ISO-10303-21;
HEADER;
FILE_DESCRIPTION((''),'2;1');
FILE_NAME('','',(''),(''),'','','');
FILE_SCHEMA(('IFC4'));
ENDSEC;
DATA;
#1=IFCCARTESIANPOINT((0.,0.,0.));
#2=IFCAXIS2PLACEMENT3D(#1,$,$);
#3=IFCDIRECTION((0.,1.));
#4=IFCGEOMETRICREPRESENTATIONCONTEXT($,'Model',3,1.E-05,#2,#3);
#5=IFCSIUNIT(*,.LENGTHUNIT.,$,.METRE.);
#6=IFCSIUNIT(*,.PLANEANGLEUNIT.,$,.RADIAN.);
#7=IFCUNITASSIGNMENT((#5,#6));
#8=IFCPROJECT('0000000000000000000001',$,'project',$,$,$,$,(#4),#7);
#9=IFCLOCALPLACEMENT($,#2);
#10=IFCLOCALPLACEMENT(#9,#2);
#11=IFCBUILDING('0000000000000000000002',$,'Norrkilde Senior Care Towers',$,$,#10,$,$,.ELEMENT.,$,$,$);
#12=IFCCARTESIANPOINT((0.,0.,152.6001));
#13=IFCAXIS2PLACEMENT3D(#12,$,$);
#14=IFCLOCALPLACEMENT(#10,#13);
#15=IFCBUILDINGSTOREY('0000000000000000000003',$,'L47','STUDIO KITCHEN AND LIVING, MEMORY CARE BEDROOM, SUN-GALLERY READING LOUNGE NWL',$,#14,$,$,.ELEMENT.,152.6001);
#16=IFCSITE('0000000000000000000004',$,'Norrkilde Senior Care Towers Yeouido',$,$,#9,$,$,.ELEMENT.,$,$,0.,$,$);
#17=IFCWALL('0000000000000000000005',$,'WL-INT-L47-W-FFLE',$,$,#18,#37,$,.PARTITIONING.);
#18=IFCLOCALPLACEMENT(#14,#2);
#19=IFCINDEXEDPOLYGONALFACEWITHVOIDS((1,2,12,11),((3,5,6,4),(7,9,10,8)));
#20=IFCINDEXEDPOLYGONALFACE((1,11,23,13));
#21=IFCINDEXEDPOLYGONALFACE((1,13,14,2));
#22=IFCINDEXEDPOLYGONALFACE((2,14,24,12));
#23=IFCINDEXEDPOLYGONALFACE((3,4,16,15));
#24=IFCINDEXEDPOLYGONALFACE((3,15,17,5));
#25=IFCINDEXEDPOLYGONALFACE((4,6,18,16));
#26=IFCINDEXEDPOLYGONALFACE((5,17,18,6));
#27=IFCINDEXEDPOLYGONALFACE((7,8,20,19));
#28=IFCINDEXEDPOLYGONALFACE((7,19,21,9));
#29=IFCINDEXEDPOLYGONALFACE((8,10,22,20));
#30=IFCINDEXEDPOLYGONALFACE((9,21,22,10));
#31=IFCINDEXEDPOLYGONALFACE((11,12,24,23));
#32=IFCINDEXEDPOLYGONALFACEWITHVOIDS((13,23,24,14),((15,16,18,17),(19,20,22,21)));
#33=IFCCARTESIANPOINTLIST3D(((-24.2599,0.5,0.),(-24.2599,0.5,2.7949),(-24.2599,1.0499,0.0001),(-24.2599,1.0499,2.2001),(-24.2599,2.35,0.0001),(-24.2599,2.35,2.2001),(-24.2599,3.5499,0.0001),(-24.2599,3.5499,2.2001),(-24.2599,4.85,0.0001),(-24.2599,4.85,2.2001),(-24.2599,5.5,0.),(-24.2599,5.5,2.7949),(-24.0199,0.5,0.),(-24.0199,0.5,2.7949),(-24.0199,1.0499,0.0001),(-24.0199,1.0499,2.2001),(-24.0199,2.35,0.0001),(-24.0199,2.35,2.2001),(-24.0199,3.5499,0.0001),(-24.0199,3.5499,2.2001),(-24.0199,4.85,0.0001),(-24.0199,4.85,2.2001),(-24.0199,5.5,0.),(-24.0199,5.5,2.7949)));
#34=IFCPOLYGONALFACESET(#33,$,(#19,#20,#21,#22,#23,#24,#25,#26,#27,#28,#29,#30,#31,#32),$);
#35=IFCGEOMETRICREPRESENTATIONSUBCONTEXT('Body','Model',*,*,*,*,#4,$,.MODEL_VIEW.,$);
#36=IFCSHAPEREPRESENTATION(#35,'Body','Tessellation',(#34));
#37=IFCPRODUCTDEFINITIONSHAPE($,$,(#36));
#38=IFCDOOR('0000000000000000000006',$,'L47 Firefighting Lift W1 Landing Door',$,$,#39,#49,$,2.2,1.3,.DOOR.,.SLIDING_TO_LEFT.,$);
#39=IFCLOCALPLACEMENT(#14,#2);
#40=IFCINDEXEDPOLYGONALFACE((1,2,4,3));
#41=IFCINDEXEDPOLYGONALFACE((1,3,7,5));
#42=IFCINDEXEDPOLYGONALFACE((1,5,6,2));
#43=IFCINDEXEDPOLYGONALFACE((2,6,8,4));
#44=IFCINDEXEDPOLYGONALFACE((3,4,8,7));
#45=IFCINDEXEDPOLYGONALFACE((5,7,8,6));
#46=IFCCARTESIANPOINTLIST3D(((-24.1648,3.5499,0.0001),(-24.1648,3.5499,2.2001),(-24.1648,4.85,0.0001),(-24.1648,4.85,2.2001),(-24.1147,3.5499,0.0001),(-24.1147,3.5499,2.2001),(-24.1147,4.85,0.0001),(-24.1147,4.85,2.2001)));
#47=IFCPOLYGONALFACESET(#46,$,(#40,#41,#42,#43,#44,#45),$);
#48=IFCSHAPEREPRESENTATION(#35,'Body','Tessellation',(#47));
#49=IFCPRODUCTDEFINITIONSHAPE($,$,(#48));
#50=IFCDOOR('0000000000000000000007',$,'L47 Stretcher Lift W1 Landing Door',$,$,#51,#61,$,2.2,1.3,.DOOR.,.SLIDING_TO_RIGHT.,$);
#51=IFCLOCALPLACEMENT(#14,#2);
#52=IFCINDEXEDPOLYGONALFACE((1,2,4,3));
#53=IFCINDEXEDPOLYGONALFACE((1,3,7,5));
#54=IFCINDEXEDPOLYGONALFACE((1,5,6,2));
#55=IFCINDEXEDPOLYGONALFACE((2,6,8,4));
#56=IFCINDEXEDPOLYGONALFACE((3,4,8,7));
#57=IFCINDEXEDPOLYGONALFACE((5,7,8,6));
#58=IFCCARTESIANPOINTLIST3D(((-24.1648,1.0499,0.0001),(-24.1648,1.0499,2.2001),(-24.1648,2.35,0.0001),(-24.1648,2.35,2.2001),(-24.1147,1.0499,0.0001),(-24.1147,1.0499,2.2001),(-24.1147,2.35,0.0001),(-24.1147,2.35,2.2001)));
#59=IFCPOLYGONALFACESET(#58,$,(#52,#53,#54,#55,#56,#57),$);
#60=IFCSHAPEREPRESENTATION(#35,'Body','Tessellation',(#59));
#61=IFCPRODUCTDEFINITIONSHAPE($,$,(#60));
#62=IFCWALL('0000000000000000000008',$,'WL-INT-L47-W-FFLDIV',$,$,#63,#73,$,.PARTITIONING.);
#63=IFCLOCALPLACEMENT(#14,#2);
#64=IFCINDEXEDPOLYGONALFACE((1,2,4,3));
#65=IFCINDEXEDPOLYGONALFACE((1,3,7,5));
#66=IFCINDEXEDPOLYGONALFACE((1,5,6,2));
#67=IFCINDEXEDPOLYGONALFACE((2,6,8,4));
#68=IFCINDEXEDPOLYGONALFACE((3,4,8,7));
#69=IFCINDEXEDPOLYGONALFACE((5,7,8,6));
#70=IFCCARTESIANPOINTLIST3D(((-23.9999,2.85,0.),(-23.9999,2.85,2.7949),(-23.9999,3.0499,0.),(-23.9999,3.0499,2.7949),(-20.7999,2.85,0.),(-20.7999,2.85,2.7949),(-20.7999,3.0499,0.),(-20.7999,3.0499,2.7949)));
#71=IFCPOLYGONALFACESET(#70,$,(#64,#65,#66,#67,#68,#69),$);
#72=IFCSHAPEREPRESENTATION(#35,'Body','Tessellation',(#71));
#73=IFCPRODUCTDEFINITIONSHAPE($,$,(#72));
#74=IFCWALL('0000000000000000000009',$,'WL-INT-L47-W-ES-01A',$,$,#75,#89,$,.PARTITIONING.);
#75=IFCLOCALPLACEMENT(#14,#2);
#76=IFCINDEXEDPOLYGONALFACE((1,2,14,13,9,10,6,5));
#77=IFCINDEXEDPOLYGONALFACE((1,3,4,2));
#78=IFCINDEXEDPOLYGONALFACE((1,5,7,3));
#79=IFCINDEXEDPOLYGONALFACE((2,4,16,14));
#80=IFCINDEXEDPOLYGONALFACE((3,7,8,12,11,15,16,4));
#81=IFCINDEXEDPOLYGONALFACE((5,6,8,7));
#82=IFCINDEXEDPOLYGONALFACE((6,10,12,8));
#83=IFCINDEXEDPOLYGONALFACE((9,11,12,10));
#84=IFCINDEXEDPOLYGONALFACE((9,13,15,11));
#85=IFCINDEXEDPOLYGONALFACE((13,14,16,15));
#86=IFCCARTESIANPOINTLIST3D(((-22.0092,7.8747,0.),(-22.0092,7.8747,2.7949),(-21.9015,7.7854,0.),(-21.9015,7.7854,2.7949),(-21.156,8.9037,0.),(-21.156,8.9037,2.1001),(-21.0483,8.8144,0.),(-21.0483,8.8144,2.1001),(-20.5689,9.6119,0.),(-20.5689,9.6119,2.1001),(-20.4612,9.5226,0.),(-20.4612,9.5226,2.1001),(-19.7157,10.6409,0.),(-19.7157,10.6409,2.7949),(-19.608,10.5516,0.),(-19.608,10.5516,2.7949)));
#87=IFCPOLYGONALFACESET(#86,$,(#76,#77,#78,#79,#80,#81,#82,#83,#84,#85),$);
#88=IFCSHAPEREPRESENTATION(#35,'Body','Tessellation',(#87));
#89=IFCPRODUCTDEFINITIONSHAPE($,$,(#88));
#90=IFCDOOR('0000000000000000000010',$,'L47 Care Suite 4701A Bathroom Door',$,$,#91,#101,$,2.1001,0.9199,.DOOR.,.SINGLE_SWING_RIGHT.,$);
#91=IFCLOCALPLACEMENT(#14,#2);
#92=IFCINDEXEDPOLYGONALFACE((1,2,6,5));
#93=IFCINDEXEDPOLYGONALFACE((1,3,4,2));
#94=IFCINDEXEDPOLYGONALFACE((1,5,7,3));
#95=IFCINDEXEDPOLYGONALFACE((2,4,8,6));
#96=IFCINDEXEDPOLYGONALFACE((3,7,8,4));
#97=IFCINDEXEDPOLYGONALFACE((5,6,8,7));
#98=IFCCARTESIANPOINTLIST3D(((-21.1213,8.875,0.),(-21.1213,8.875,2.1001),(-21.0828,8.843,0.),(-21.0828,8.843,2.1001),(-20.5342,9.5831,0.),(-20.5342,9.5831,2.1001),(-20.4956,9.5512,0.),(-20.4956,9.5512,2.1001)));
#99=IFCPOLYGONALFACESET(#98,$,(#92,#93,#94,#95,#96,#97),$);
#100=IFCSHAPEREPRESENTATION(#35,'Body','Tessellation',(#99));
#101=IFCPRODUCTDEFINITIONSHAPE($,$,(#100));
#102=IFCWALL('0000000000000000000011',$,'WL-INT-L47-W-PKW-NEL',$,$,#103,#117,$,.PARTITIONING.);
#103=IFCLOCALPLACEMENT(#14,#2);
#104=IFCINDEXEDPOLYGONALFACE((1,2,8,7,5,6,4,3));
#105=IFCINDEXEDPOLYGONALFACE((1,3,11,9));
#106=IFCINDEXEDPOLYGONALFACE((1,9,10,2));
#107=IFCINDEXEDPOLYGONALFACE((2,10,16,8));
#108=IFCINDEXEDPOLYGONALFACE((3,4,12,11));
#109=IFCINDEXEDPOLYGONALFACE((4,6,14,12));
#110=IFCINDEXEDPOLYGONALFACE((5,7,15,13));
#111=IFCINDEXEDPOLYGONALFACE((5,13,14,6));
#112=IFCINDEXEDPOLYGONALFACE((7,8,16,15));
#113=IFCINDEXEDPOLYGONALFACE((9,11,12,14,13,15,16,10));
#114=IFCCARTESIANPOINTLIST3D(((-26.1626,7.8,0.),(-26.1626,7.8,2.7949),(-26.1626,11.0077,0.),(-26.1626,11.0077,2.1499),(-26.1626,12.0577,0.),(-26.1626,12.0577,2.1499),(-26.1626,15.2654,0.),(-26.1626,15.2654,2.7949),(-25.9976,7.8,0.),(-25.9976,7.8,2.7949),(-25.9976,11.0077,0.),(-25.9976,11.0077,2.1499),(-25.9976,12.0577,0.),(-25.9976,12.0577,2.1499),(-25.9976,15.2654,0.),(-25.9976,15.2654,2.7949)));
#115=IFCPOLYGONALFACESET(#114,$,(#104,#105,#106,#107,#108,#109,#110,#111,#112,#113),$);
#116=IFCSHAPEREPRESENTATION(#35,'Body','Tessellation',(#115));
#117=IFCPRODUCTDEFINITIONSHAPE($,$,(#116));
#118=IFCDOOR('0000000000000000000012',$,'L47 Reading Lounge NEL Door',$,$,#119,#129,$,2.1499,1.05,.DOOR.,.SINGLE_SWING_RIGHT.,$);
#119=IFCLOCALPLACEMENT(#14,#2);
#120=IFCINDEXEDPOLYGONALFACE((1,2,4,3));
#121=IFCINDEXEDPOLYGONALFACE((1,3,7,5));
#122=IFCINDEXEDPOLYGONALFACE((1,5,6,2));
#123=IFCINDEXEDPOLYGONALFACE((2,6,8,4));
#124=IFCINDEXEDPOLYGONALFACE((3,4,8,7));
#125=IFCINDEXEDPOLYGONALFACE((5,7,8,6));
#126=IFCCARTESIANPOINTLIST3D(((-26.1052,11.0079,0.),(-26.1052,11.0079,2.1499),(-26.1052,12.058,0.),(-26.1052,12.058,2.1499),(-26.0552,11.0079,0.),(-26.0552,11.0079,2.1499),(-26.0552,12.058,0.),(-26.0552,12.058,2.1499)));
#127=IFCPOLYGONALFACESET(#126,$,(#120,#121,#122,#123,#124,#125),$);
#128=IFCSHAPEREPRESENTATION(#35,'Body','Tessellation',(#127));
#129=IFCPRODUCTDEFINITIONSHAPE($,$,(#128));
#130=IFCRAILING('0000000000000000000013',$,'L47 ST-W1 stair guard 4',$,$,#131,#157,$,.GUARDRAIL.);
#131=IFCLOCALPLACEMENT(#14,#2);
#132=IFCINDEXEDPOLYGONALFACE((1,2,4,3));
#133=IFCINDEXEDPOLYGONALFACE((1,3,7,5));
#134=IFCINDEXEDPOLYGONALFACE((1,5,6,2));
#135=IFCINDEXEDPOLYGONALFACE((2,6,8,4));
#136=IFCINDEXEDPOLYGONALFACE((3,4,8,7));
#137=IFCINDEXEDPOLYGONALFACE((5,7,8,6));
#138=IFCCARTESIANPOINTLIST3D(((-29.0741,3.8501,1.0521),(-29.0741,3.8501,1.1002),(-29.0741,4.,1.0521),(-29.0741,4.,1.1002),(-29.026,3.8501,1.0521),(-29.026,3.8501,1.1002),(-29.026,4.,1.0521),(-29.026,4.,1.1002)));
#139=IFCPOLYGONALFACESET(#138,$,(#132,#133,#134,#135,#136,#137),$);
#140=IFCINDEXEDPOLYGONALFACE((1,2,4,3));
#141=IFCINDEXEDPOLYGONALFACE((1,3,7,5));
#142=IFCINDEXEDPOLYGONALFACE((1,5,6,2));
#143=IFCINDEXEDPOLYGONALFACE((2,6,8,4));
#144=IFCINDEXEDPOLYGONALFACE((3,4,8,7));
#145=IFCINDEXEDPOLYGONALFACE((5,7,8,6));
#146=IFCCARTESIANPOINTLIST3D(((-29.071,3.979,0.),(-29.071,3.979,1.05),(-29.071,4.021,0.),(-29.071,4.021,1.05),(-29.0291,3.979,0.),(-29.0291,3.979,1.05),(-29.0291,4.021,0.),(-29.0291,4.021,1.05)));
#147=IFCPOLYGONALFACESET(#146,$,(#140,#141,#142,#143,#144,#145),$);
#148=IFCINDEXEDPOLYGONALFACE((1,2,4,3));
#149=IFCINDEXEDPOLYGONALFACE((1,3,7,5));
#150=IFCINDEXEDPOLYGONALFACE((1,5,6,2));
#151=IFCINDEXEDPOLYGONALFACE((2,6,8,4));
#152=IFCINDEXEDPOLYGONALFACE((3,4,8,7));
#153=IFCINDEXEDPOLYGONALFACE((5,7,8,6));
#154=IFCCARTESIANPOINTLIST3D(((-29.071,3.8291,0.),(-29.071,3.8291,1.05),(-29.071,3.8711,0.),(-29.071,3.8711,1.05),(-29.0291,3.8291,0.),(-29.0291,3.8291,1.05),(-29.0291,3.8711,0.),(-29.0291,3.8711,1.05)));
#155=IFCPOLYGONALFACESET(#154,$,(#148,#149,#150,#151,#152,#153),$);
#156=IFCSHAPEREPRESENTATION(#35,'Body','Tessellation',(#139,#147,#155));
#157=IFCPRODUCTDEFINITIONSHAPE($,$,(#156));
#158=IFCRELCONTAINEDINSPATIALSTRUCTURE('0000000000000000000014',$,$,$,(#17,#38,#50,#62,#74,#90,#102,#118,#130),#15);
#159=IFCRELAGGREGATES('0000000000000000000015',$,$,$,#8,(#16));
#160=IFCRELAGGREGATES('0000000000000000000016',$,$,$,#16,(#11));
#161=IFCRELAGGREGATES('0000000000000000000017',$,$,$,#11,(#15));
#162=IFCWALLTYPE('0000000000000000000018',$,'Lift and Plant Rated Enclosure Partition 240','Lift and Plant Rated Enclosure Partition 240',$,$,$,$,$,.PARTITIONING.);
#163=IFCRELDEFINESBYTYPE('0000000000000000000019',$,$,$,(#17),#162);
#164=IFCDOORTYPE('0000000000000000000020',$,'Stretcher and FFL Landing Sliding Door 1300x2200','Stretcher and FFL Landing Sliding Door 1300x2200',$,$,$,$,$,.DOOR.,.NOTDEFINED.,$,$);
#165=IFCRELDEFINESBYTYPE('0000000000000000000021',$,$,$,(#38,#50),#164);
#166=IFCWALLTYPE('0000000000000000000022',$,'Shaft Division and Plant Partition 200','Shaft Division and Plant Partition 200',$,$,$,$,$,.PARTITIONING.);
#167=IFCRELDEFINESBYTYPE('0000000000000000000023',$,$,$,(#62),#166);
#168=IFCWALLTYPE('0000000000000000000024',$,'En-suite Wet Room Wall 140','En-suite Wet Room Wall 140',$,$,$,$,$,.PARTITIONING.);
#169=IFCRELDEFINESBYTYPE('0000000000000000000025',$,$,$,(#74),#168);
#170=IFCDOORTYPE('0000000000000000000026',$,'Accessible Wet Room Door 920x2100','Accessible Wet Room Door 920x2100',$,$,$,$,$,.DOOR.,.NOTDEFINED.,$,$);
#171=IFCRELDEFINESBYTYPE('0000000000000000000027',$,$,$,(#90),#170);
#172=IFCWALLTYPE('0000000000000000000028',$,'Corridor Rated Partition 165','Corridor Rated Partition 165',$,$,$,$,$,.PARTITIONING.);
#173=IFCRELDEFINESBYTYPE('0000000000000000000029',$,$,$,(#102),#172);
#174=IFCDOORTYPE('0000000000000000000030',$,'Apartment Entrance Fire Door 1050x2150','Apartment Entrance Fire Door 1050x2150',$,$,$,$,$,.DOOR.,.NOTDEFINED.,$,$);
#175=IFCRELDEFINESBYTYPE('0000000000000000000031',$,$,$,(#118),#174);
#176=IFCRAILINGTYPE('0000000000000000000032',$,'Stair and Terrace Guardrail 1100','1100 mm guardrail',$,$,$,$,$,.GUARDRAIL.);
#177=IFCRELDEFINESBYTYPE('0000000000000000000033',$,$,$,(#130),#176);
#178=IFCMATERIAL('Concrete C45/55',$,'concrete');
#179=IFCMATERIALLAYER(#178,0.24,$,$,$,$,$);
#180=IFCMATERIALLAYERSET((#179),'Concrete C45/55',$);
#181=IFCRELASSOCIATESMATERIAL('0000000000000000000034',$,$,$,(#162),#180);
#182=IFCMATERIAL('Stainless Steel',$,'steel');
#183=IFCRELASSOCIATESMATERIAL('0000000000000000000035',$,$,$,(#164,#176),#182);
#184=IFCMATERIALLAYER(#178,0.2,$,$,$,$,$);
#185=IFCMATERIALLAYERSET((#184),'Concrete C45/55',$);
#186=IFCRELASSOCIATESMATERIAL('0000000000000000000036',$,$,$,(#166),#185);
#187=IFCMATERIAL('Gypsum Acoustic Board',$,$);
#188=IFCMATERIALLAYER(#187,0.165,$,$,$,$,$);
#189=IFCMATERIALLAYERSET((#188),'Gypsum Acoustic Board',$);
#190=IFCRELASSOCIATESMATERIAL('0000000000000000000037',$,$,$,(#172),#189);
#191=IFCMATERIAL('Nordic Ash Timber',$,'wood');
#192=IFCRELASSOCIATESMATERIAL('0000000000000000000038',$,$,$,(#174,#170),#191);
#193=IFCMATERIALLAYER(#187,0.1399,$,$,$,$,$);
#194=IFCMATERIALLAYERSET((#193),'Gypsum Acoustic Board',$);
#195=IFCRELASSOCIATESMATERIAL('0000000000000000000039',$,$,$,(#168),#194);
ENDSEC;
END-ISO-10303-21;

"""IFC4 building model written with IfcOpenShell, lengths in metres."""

from ifc_helpers import new_model, si_unit, direction, frame, frame_2d, origin, origin_2d, place, context, subcontext, project, spatial, rectangle, extrude, source, transform, mapped, material, layer, layer_set, type_object, type_shapes, element, fill, save


model = new_model("IFC4")

# Units and contexts
model_context = context("Model", 3, precision=1e-05, world=origin(), true_north=direction((0.0, 1.0)))
body_context = subcontext(model_context, "Body", "Model", "MODEL_VIEW")
ifc_project = project(units=[si_unit("LENGTHUNIT", "METRE"), si_unit("PLANEANGLEUNIT", "RADIAN")], contexts=[model_context])

# Site, building, storey
site_placement = place(None, origin())
site = spatial("IfcSite", under=ifc_project, at=site_placement, Name="Norrkilde Senior Care Towers Yeouido", CompositionType="ELEMENT", RefElevation=0.0)
building_placement = place(site_placement, origin())
building = spatial("IfcBuilding", under=site, at=building_placement, Name="Norrkilde Senior Care Towers", CompositionType="ELEMENT")
storey_placement = place(building_placement, frame((0.0, 0.0, 152.6001)))
storey = spatial("IfcBuildingStorey", under=building, at=storey_placement, Name="L47", Description="STUDIO KITCHEN AND LIVING, MEMORY CARE BEDROOM, SUN-GALLERY READING LOUNGE NWL", CompositionType="ELEMENT", Elevation=152.6001)

# Wall, openings, doors
ifc_material_1 = material(Name="Concrete C45/55", Category="concrete")
ifc_layer_1 = layer(ifc_material_1, 0.24)
ifc_layer_set_1 = layer_set([ifc_layer_1], Name="Concrete C45/55")
wall_type_1 = type_object("IfcWallType", Name="Lift and Plant Rated Enclosure Partition 240", Description="Lift and Plant Rated Enclosure Partition 240", PredefinedType="PARTITIONING", material=ifc_layer_set_1)
shared_shape_1 = source(origin(), body_context, "Body", "SweptSolid", [
    extrude(rectangle(XDim=5.0, YDim=0.24, at=frame_2d((2.5, 0.0))), origin(), (0.0, 0.0, 1.0), 2.7949),
])
type_shapes(wall_type_1, [shared_shape_1])
wall_1_placement = place(storey_placement, frame((-24.1399, 0.5, 0.0), z_axis=(0.0, 0.0, 1.0), x_axis=(0.0, 1.0, 0.0)))
wall_1 = element("IfcWall", 1, at=wall_1_placement, inside=storey, type_object=wall_type_1, Name="WL-INT-L47-W-FFLE", PredefinedType="PARTITIONING", context=body_context, shape_type="MappedRepresentation", body=[
    mapped(shared_shape_1, transform((0.0, 0.0, 0.0), x_axis=(1.0, 0.0, 0.0), y_axis=(0.0, 1.0, 0.0), z_axis=(0.0, 0.0, 1.0), scale=1.0)),
])
opening_1_placement = place(wall_1_placement, frame((3.05, 0.0, 0.0)))
opening_1 = element("IfcOpeningElement", 2, at=opening_1_placement, cuts=wall_1, PredefinedType="OPENING", context=body_context, shape_type="SweptSolid", body=[
    extrude(rectangle(XDim=1.3, YDim=2.2, at=frame_2d((0.6499, 1.1001))), frame((0.0, 0.1299, 0.0), z_axis=(0.0, -1.0, 0.0), x_axis=(1.0, 0.0, 0.0)), (0.0, 0.0, 1.0), 0.26),
])
opening_2_placement = place(wall_1_placement, frame((0.55, 0.0, 0.0)))
opening_2 = element("IfcOpeningElement", 3, at=opening_2_placement, cuts=wall_1, PredefinedType="OPENING", context=body_context, shape_type="SweptSolid", body=[
    extrude(rectangle(XDim=1.3, YDim=2.2, at=frame_2d((0.6499, 1.1001))), frame((0.0, 0.1299, 0.0), z_axis=(0.0, -1.0, 0.0), x_axis=(1.0, 0.0, 0.0)), (0.0, 0.0, 1.0), 0.26),
])
ifc_material_2 = material(Name="Stainless Steel", Category="steel")
door_type_1 = type_object("IfcDoorType", Name="Stretcher and FFL Landing Sliding Door 1300x2200", Description="Stretcher and FFL Landing Sliding Door 1300x2200", OperationType="NOTDEFINED", PredefinedType="DOOR", material=ifc_material_2)
shared_shape_2 = source(origin(), body_context, "Body", "SweptSolid", [
    extrude(rectangle(XDim=1.3, YDim=2.2, at=frame_2d((0.6499, 1.1001))), frame((0.0, 0.0249, 0.0), z_axis=(0.0, -1.0, 0.0), x_axis=(1.0, 0.0, 0.0)), (0.0, 0.0, 1.0), 0.05),
])
type_shapes(door_type_1, [shared_shape_2])
door_1_placement = place(opening_1_placement, origin())
door_1 = element("IfcDoor", 4, at=door_1_placement, inside=storey, type_object=door_type_1, Name="L47 Firefighting Lift W1 Landing Door", OperationType="SLIDING_TO_LEFT", OverallHeight=2.2, OverallWidth=1.3, PredefinedType="DOOR", context=body_context, shape_type="MappedRepresentation", body=[
    mapped(shared_shape_2, transform((0.0, 0.0, 0.0), x_axis=(1.0, 0.0, 0.0), y_axis=(0.0, 1.0, 0.0), z_axis=(0.0, 0.0, 1.0), scale=1.0)),
])
fill(opening_1, door_1)
door_2_placement = place(opening_2_placement, origin())
door_2 = element("IfcDoor", 5, at=door_2_placement, inside=storey, type_object=door_type_1, Name="L47 Stretcher Lift W1 Landing Door", OperationType="SLIDING_TO_RIGHT", OverallHeight=2.2, OverallWidth=1.3, PredefinedType="DOOR", context=body_context, shape_type="MappedRepresentation", body=[
    mapped(shared_shape_2, transform((0.0, 0.0, 0.0), x_axis=(1.0, 0.0, 0.0), y_axis=(0.0, 1.0, 0.0), z_axis=(0.0, 0.0, 1.0), scale=1.0)),
])
fill(opening_2, door_2)

# Wall
ifc_layer_2 = layer(ifc_material_1, 0.2)
ifc_layer_set_2 = layer_set([ifc_layer_2], Name="Concrete C45/55")
wall_type_2 = type_object("IfcWallType", Name="Shaft Division and Plant Partition 200", Description="Shaft Division and Plant Partition 200", PredefinedType="PARTITIONING", material=ifc_layer_set_2)
shared_shape_3 = source(origin(), body_context, "Body", "SweptSolid", [
    extrude(rectangle(XDim=3.2, YDim=0.2, at=frame_2d((1.6001, 0.0))), origin(), (0.0, 0.0, 1.0), 2.7949),
])
type_shapes(wall_type_2, [shared_shape_3])
wall_2_placement = place(storey_placement, frame((-24.0, 2.95, 0.0), z_axis=(0.0, 0.0, 1.0), x_axis=(1.0, 0.0, 0.0)))
element("IfcWall", 6, at=wall_2_placement, inside=storey, type_object=wall_type_2, Name="WL-INT-L47-W-FFLDIV", PredefinedType="PARTITIONING", context=body_context, shape_type="MappedRepresentation", body=[
    mapped(shared_shape_3, transform((0.0, 0.0, 0.0), x_axis=(1.0, 0.0, 0.0), y_axis=(0.0, 1.0, 0.0), z_axis=(0.0, 0.0, 1.0), scale=1.0)),
])

# Shared definitions
ifc_material_3 = material(Name="Gypsum Acoustic Board")
ifc_layer_3 = layer(ifc_material_3, 0.165)
ifc_layer_set_3 = layer_set([ifc_layer_3], Name="Gypsum Acoustic Board")
wall_type_3 = type_object("IfcWallType", Name="Corridor Rated Partition 165", Description="Corridor Rated Partition 165", PredefinedType="PARTITIONING", material=ifc_layer_set_3)
ifc_material_4 = material(Name="Nordic Ash Timber", Category="wood")
door_type_2 = type_object("IfcDoorType", Name="Apartment Entrance Fire Door 1050x2150", Description="Apartment Entrance Fire Door 1050x2150", OperationType="NOTDEFINED", PredefinedType="DOOR", material=ifc_material_4)
shared_shape_4 = source(origin(), body_context, "Body", "SweptSolid", [
    extrude(rectangle(XDim=1.05, YDim=2.1499, at=frame_2d((0.5249, 1.075))), frame((0.0, 0.0249, 0.0), z_axis=(0.0, -1.0, 0.0), x_axis=(1.0, 0.0, 0.0)), (0.0, 0.0, 1.0), 0.05),
])
type_shapes(door_type_2, [shared_shape_4])

# Walls, openings, doors
ifc_layer_4 = layer(ifc_material_3, 0.1399)
ifc_layer_set_4 = layer_set([ifc_layer_4], Name="Gypsum Acoustic Board")
wall_type_4 = type_object("IfcWallType", Name="En-suite Wet Room Wall 140", Description="En-suite Wet Room Wall 140", PredefinedType="PARTITIONING", material=ifc_layer_set_4)
shared_shape_5 = source(origin(), body_context, "Body", "SweptSolid", [
    extrude(rectangle(XDim=3.5933, YDim=0.1399, at=frame_2d((1.7966, 0.0))), origin(), (0.0, 0.0, 1.0), 2.7949),
])
type_shapes(wall_type_4, [shared_shape_5])
wall_3_placement = place(storey_placement, frame((-21.9553, 7.8301, 0.0), z_axis=(0.0, 0.0, 1.0), x_axis=(0.638271, 0.769812, 0.0)))
wall_3 = element("IfcWall", 7, at=wall_3_placement, inside=storey, type_object=wall_type_4, Name="WL-INT-L47-W-ES-01A", PredefinedType="PARTITIONING", context=body_context, shape_type="MappedRepresentation", body=[
    mapped(shared_shape_5, transform((0.0, 0.0, 0.0), x_axis=(1.0, 0.0, 0.0), y_axis=(0.0, 1.0, 0.0), z_axis=(0.0, 0.0, 1.0), scale=1.0)),
])
opening_3_placement = place(wall_3_placement, frame((1.3367, 0.0, 0.0)))
opening_3 = element("IfcOpeningElement", 8, at=opening_3_placement, cuts=wall_3, PredefinedType="OPENING", context=body_context, shape_type="SweptSolid", body=[
    extrude(rectangle(XDim=0.9199, YDim=2.1001, at=frame_2d((0.46, 1.05))), frame((0.0, 0.0798, 0.0), z_axis=(0.0, -1.0, 0.0), x_axis=(1.0, 0.0, 0.0)), (0.0, 0.0, 1.0), 0.1599),
])
door_type_3 = type_object("IfcDoorType", Name="Accessible Wet Room Door 920x2100", Description="Accessible Wet Room Door 920x2100", OperationType="NOTDEFINED", PredefinedType="DOOR", material=ifc_material_4)
shared_shape_6 = source(origin(), body_context, "Body", "SweptSolid", [
    extrude(rectangle(XDim=0.9199, YDim=2.1001, at=frame_2d((0.46, 1.05))), frame((0.0, 0.0249, 0.0), z_axis=(0.0, -1.0, 0.0), x_axis=(1.0, 0.0, 0.0)), (0.0, 0.0, 1.0), 0.05),
])
type_shapes(door_type_3, [shared_shape_6])
door_3_placement = place(opening_3_placement, origin())
door_3 = element("IfcDoor", 9, at=door_3_placement, inside=storey, type_object=door_type_3, Name="L47 Care Suite 4701A Bathroom Door", OperationType="SINGLE_SWING_RIGHT", OverallHeight=2.1001, OverallWidth=0.9199, PredefinedType="DOOR", context=body_context, shape_type="MappedRepresentation", body=[
    mapped(shared_shape_6, transform((0.0, 0.0, 0.0), x_axis=(1.0, 0.0, 0.0), y_axis=(0.0, 1.0, 0.0), z_axis=(0.0, 0.0, 1.0), scale=1.0)),
])
fill(opening_3, door_3)
shared_shape_7 = source(origin(), body_context, "Body", "SweptSolid", [
    extrude(rectangle(XDim=7.4653, YDim=0.165, at=frame_2d((3.7327, 0.0))), origin(), (0.0, 0.0, 1.0), 2.7949),
])
wall_4_placement = place(storey_placement, frame((-26.0801, 7.8, 0.0), z_axis=(0.0, 0.0, 1.0), x_axis=(0.0, 1.0, 0.0)))
wall_4 = element("IfcWall", 10, at=wall_4_placement, inside=storey, type_object=wall_type_3, Name="WL-INT-L47-W-PKW-NEL", PredefinedType="PARTITIONING", context=body_context, shape_type="MappedRepresentation", body=[
    mapped(shared_shape_7, transform((0.0, 0.0, 0.0), x_axis=(1.0, 0.0, 0.0), y_axis=(0.0, 1.0, 0.0), z_axis=(0.0, 0.0, 1.0), scale=1.0)),
])
opening_4_placement = place(wall_4_placement, frame((3.2078, 0.0, 0.0)))
opening_4 = element("IfcOpeningElement", 11, at=opening_4_placement, cuts=wall_4, PredefinedType="OPENING", context=body_context, shape_type="SweptSolid", body=[
    extrude(rectangle(XDim=1.05, YDim=2.1499, at=frame_2d((0.5249, 1.075))), frame((0.0, 0.0925, 0.0), z_axis=(0.0, -1.0, 0.0), x_axis=(1.0, 0.0, 0.0)), (0.0, 0.0, 1.0), 0.1851),
])
door_4_placement = place(opening_4_placement, frame((1.05, 0.0, 0.0), z_axis=(0.0, 0.0, 1.0), x_axis=(-1.0, 0.0, 0.0)))
door_4 = element("IfcDoor", 12, at=door_4_placement, inside=storey, type_object=door_type_2, Name="L47 Reading Lounge NEL Door", OperationType="SINGLE_SWING_RIGHT", OverallHeight=2.1499, OverallWidth=1.05, PredefinedType="DOOR", context=body_context, shape_type="MappedRepresentation", body=[
    mapped(shared_shape_4, transform((0.0, 0.0, 0.0), x_axis=(1.0, 0.0, 0.0), y_axis=(0.0, 1.0, 0.0), z_axis=(0.0, 0.0, 1.0), scale=1.0)),
])
fill(opening_4, door_4)

# Railing
railing_type = type_object("IfcRailingType", Name="Stair and Terrace Guardrail 1100", Description="1100 mm guardrail", PredefinedType="GUARDRAIL", material=ifc_material_2)
railing_placement = place(storey_placement, frame((-29.05, 4.0, 0.0)))
element("IfcRailing", 13, at=railing_placement, inside=storey, type_object=railing_type, Name="L47 ST-W1 stair guard 4", PredefinedType="GUARDRAIL", context=body_context, shape_type="SweptSolid", body=[
    extrude(rectangle(XDim=0.0481, YDim=0.0481, at=origin_2d()), frame((0.0, 0.0, 1.0762), z_axis=(0.0, -1.0, 0.0), x_axis=(1.0, 0.0, 0.0)), (0.0, 0.0, 1.0), 0.1499),
    extrude(rectangle(XDim=0.042, YDim=0.042, at=origin_2d()), origin(), (0.0, 0.0, 1.0), 1.05),
    extrude(rectangle(XDim=0.042, YDim=0.042, at=origin_2d()), frame((0.0, -0.1499, 0.0)), (0.0, 0.0, 1.0), 1.05),
])

save(model, "model.ifc")
